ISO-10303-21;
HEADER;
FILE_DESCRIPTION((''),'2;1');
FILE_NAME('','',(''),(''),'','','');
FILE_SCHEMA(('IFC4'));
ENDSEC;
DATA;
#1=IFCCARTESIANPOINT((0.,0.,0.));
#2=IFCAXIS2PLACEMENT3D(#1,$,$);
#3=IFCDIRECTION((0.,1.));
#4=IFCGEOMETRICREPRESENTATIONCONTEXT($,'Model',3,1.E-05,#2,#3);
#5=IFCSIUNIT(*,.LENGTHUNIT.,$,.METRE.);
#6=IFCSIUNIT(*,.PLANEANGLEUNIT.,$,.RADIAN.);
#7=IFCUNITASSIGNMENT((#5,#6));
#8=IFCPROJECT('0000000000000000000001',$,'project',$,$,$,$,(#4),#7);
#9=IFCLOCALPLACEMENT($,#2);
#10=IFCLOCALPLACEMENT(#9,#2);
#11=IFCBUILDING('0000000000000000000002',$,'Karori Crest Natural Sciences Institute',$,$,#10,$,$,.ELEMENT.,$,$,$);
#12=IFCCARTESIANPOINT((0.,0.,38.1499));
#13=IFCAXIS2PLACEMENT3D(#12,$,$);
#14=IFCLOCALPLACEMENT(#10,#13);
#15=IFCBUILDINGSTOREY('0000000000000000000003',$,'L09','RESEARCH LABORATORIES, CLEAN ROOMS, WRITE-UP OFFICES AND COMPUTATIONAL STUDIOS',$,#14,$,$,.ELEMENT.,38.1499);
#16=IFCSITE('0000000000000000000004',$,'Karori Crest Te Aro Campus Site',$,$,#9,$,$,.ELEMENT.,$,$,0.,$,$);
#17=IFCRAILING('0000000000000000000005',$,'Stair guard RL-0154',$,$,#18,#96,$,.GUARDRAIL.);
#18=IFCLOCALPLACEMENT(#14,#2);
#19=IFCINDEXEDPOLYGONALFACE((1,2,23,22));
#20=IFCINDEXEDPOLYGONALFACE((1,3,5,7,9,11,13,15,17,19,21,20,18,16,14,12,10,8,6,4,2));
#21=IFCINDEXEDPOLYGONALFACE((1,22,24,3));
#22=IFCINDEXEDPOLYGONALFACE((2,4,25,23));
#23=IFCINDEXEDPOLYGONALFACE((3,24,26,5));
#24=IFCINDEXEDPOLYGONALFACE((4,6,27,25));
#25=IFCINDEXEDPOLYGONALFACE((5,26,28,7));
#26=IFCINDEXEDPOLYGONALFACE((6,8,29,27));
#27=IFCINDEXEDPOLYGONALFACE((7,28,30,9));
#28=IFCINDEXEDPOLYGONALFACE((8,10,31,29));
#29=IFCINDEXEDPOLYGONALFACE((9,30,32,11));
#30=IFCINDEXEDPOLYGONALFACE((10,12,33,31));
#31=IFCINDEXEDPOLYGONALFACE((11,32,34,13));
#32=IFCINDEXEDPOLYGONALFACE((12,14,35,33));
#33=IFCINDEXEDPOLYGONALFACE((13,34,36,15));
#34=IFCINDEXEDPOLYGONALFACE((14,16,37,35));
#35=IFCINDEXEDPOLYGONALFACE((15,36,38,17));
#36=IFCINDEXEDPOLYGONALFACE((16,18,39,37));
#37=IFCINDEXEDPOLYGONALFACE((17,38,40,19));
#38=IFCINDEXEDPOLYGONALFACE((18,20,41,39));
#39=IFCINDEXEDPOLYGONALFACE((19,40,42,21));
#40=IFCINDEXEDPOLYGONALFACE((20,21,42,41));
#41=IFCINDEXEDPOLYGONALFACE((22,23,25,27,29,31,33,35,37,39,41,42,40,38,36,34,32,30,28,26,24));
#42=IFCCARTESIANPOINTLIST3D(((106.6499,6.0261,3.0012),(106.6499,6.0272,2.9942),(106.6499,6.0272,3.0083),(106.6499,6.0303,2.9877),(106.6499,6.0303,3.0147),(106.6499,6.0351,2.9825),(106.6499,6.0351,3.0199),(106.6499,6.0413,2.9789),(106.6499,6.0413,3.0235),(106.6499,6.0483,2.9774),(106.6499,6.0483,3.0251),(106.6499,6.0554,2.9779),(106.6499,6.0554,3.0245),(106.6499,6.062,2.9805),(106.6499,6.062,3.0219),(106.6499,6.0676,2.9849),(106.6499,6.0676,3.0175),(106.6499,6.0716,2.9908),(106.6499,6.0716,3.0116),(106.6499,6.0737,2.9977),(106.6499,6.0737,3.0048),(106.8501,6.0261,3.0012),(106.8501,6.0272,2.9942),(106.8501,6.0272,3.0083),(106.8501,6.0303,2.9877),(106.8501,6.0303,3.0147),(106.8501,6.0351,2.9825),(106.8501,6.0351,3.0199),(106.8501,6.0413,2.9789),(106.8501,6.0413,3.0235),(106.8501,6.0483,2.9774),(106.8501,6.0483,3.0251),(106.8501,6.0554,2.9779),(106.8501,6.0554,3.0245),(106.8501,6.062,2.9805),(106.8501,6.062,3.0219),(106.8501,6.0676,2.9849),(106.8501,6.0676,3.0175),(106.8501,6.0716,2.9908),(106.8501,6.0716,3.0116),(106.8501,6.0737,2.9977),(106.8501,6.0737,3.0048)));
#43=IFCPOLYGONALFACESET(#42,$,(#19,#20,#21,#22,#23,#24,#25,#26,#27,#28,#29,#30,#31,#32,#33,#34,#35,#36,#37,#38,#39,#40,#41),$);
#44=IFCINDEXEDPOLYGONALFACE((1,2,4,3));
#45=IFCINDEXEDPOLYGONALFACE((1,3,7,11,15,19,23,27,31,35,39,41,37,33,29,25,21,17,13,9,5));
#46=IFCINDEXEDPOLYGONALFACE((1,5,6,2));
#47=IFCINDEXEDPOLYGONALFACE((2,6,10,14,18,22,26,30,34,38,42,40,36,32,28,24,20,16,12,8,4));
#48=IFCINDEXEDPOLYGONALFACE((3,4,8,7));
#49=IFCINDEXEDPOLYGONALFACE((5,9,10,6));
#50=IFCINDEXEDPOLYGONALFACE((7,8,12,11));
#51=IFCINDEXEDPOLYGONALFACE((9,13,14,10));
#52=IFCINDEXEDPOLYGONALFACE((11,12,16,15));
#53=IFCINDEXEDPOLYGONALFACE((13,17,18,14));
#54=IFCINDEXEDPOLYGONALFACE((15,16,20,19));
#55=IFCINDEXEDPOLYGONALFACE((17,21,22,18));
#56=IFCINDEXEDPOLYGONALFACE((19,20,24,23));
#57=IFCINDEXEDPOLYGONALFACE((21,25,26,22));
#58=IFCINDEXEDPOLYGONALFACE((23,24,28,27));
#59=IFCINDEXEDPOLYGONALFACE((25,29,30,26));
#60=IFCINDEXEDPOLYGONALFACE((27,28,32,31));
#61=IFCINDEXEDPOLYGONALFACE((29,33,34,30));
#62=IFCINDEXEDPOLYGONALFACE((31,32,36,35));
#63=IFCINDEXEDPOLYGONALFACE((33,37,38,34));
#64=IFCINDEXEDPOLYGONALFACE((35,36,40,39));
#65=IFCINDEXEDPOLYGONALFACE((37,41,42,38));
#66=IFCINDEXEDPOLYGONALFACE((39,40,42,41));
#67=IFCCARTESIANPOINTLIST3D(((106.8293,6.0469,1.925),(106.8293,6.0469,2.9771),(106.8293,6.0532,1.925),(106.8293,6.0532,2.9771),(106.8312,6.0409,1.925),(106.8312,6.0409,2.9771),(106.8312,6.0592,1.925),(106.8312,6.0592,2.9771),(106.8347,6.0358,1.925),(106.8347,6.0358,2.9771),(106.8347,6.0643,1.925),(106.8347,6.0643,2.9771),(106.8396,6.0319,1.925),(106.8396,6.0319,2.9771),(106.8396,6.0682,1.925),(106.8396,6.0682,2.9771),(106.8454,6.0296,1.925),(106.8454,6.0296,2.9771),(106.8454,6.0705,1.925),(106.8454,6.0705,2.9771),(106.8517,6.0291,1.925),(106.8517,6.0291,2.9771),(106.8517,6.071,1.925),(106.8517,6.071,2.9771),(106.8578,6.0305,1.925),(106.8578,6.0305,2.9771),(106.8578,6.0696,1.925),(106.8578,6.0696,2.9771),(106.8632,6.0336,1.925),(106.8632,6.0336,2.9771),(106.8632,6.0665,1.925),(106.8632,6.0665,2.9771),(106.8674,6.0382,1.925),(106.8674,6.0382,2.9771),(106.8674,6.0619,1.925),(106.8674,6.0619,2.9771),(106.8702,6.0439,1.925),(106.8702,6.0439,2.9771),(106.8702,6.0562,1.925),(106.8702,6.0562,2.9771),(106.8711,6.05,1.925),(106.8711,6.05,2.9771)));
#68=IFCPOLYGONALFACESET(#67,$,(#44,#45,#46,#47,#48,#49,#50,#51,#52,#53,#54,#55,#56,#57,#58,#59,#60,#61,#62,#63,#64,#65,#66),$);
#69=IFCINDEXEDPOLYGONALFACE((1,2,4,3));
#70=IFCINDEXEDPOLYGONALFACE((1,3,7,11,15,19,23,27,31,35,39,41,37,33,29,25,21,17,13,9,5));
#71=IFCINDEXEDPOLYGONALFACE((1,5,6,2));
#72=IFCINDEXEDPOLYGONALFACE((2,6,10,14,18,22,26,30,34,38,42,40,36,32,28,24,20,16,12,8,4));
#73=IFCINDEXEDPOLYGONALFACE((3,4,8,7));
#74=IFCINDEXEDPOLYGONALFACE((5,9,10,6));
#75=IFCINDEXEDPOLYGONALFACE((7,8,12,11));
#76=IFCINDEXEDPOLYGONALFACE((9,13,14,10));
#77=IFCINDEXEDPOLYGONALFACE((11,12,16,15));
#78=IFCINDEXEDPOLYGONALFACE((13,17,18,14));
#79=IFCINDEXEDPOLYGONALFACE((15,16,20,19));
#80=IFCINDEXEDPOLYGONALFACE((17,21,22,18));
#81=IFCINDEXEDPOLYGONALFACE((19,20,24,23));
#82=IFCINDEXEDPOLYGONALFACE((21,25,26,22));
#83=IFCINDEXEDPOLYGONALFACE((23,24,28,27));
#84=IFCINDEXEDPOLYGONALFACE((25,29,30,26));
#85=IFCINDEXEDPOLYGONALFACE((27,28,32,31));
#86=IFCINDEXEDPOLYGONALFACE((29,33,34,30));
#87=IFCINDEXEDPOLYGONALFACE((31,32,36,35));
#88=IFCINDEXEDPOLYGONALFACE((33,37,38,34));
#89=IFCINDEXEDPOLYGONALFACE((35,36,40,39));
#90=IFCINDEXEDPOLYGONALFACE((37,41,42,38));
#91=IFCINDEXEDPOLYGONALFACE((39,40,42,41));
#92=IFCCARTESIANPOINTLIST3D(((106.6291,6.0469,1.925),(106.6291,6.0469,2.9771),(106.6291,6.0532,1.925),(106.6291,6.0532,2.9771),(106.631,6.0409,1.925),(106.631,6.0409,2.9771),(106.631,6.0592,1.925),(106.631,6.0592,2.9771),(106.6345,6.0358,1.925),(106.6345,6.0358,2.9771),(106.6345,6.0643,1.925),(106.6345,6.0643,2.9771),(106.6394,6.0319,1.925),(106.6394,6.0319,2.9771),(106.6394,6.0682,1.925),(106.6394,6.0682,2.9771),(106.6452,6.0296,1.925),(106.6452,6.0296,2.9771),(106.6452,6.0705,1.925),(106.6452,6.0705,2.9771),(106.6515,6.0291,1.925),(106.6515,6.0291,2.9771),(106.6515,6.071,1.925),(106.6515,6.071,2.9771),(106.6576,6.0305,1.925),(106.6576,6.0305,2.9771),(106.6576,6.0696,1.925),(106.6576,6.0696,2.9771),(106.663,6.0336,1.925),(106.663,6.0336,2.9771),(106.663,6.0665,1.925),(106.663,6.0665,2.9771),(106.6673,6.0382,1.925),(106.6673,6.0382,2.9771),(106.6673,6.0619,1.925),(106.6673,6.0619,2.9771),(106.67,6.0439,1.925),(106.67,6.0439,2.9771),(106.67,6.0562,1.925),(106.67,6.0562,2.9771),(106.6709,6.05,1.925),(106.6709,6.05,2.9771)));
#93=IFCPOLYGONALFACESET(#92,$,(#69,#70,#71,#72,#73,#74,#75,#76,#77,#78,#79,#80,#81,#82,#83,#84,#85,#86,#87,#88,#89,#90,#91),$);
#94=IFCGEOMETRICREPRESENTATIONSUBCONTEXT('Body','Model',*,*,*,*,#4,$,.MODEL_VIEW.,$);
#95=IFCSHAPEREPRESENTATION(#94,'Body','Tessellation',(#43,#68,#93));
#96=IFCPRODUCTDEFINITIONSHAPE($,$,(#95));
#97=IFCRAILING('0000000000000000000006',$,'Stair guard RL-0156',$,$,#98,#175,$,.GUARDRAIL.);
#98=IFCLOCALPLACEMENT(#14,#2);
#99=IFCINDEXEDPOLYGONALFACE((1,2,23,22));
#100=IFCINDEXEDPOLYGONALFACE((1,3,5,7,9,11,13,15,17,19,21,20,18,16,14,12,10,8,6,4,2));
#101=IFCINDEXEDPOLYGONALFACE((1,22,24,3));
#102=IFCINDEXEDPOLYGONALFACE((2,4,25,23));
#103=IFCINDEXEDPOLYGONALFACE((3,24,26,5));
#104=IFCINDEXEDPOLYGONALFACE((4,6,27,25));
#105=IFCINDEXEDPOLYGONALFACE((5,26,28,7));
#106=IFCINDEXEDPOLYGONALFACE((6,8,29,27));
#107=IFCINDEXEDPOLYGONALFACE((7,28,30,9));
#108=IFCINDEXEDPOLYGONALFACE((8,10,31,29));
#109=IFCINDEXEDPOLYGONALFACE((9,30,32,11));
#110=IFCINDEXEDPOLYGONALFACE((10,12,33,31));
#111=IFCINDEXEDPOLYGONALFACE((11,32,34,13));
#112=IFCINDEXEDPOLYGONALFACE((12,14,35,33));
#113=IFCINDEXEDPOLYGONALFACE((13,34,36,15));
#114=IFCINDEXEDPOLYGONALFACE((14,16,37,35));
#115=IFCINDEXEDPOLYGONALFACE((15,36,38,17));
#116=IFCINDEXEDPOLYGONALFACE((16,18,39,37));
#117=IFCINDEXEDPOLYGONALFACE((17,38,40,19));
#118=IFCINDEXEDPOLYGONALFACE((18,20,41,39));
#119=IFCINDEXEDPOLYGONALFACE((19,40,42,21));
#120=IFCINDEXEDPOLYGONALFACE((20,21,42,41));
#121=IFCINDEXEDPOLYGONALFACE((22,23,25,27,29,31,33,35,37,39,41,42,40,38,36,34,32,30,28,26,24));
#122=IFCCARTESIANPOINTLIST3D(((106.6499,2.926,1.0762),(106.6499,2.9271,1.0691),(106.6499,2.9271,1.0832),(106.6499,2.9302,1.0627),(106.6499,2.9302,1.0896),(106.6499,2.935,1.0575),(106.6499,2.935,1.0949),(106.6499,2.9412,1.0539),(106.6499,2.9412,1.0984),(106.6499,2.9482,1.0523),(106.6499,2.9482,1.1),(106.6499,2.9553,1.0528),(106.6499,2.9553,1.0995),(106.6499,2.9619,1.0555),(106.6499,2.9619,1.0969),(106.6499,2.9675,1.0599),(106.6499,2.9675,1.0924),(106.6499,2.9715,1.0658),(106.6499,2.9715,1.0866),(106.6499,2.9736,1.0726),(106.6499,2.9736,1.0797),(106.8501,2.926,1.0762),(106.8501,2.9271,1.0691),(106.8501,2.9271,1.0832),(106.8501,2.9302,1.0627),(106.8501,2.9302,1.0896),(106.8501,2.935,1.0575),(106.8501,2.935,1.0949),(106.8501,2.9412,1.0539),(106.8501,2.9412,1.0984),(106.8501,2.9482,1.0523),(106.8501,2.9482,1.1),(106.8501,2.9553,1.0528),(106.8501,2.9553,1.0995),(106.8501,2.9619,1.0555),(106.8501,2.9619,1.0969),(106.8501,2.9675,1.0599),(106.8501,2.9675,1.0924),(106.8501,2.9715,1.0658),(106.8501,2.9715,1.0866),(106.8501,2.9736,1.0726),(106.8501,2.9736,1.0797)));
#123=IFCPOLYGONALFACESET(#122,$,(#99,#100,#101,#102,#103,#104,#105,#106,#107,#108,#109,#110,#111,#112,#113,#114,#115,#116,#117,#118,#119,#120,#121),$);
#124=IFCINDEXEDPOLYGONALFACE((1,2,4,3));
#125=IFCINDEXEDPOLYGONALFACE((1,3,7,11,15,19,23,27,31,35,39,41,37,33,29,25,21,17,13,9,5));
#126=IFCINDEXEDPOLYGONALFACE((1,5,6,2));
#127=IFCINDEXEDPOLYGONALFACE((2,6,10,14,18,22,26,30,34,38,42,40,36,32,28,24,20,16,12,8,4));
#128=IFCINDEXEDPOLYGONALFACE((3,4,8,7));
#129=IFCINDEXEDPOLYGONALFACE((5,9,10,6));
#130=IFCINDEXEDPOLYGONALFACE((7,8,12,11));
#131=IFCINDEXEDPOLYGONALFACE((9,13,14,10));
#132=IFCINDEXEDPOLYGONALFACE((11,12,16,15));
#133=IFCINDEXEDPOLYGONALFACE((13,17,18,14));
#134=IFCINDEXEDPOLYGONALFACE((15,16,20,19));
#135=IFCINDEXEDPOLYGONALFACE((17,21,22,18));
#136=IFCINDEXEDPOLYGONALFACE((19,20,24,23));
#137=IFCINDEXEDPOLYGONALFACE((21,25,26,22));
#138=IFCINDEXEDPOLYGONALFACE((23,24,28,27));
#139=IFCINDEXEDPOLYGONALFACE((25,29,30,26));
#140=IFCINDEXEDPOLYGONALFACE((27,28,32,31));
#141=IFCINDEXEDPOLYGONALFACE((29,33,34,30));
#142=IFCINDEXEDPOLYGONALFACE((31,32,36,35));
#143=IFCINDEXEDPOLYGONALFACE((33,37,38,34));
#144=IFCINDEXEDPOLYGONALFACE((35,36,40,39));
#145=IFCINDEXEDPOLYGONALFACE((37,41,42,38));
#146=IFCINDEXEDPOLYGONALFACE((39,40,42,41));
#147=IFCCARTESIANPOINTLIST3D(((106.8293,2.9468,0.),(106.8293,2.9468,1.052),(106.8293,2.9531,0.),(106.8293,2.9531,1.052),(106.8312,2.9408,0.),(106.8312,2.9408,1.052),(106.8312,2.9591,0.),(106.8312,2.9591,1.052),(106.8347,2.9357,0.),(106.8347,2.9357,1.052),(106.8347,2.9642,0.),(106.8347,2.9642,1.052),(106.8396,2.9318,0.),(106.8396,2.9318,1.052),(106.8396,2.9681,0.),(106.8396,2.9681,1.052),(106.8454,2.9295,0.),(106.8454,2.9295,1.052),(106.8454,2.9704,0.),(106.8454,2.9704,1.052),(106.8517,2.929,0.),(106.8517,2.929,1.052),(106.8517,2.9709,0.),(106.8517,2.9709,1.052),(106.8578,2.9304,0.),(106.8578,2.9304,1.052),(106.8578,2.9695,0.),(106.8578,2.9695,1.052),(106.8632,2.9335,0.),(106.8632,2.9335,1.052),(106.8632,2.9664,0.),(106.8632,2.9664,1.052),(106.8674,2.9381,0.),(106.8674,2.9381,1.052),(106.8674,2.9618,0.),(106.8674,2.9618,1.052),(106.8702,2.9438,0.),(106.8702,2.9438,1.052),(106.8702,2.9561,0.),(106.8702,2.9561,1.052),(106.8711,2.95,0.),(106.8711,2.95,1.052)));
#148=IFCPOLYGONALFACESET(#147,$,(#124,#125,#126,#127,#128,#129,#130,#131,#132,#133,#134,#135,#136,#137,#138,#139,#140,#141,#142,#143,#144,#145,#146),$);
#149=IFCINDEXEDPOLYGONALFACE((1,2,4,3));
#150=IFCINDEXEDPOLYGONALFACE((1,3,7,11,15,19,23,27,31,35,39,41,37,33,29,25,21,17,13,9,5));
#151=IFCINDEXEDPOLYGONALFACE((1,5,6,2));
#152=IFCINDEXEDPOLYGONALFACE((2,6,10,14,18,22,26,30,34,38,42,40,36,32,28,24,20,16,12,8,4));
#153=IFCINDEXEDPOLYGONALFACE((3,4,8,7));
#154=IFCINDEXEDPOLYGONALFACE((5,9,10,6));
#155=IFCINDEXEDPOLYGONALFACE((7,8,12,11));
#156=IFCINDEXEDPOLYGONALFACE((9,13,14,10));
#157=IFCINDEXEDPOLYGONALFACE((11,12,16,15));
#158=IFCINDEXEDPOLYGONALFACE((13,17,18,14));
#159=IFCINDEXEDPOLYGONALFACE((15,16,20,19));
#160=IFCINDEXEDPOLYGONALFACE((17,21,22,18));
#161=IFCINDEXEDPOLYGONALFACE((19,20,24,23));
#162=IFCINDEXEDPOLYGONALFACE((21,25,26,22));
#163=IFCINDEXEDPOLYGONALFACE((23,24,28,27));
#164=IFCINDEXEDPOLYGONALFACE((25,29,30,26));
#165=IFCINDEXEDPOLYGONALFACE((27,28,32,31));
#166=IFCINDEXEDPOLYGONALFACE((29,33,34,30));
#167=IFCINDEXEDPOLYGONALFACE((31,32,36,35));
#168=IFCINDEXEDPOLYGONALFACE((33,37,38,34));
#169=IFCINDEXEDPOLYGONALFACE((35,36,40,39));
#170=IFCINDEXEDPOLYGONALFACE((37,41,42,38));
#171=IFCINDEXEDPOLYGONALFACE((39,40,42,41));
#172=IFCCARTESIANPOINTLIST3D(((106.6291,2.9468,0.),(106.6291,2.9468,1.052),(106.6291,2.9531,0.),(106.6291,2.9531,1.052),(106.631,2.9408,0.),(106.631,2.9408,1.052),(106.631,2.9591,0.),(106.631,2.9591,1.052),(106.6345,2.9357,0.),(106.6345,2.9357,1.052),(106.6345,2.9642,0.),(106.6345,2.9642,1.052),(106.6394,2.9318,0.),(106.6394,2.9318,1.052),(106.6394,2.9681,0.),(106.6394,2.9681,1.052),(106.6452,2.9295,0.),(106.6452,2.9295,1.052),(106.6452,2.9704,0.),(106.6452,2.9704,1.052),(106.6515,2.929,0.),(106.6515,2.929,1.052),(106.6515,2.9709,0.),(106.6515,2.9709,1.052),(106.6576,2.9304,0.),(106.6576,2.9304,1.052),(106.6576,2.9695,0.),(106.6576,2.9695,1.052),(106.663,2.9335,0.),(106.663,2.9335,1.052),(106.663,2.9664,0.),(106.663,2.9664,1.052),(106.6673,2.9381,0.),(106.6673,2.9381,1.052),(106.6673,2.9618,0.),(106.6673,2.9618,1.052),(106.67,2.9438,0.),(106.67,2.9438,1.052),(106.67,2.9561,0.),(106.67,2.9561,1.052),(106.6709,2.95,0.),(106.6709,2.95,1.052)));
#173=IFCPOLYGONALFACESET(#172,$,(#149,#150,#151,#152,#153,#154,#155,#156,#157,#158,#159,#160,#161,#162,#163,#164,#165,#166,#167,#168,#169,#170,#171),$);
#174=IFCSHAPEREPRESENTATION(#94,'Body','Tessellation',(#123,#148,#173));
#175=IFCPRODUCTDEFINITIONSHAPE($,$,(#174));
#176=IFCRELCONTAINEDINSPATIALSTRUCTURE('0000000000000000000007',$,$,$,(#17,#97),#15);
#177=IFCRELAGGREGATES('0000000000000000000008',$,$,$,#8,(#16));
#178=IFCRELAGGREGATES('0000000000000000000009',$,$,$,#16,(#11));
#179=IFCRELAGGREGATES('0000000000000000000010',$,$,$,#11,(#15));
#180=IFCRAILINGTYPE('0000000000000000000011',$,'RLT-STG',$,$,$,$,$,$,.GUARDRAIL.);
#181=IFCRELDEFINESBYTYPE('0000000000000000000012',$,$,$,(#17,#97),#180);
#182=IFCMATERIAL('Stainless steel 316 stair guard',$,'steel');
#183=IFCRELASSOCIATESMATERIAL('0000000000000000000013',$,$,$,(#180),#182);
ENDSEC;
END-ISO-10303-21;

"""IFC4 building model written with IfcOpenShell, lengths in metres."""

from ifc_helpers import new_model, si_unit, direction, frame, origin, origin_2d, place, context, subcontext, project, spatial, circle, extrude, material, type_object, element, save


model = new_model("IFC4")

# Units and contexts
model_context = context("Model", 3, precision=1e-05, world=origin(), true_north=direction((0.0, 1.0)))
body_context = subcontext(model_context, "Body", "Model", "MODEL_VIEW")
ifc_project = project(units=[si_unit("LENGTHUNIT", "METRE"), si_unit("PLANEANGLEUNIT", "RADIAN")], contexts=[model_context])

# Site, building, storey
site_placement = place(None, origin())
site = spatial("IfcSite", under=ifc_project, at=site_placement, Name="Karori Crest Te Aro Campus Site", CompositionType="ELEMENT", RefElevation=0.0)
building_placement = place(site_placement, origin())
building = spatial("IfcBuilding", under=site, at=building_placement, Name="Karori Crest Natural Sciences Institute", CompositionType="ELEMENT")
storey_placement = place(building_placement, frame((0.0, 0.0, 38.1499)))
storey = spatial("IfcBuildingStorey", under=building, at=storey_placement, Name="L09", Description="RESEARCH LABORATORIES, CLEAN ROOMS, WRITE-UP OFFICES AND COMPUTATIONAL STUDIOS", CompositionType="ELEMENT", Elevation=38.1499)

# Railings
ifc_material_1 = material(Name="Stainless steel 316 stair guard", Category="steel")
railing_type_1 = type_object("IfcRailingType", Name="RLT-STG", PredefinedType="GUARDRAIL", material=ifc_material_1)
for number, where, name in (
    (1, (106.8501, 6.05, 1.925), "Stair guard RL-0154"),
    (2, (106.8501, 2.95, 0.0), "Stair guard RL-0156"),
):
    element("IfcRailing", number, at=place(storey_placement, frame(where)), inside=storey, type_object=railing_type_1, Name=name, PredefinedType="GUARDRAIL", context=body_context, shape_type="SweptSolid", body=[
        extrude(circle(Radius=0.0239, at=origin_2d()), frame((0.0, 0.0, 1.0762), z_axis=(-1.0, 0.0, 0.0), x_axis=(0.0, -1.0, 0.0)), (0.0, 0.0, 1.0), 0.2002),
        extrude(circle(Radius=0.021, at=origin_2d()), origin(), (0.0, 0.0, 1.0), 1.052),
        extrude(circle(Radius=0.021, at=origin_2d()), frame((-0.2002, 0.0, 0.0)), (0.0, 0.0, 1.0), 1.052),
    ])

save(model, "model.ifc")
